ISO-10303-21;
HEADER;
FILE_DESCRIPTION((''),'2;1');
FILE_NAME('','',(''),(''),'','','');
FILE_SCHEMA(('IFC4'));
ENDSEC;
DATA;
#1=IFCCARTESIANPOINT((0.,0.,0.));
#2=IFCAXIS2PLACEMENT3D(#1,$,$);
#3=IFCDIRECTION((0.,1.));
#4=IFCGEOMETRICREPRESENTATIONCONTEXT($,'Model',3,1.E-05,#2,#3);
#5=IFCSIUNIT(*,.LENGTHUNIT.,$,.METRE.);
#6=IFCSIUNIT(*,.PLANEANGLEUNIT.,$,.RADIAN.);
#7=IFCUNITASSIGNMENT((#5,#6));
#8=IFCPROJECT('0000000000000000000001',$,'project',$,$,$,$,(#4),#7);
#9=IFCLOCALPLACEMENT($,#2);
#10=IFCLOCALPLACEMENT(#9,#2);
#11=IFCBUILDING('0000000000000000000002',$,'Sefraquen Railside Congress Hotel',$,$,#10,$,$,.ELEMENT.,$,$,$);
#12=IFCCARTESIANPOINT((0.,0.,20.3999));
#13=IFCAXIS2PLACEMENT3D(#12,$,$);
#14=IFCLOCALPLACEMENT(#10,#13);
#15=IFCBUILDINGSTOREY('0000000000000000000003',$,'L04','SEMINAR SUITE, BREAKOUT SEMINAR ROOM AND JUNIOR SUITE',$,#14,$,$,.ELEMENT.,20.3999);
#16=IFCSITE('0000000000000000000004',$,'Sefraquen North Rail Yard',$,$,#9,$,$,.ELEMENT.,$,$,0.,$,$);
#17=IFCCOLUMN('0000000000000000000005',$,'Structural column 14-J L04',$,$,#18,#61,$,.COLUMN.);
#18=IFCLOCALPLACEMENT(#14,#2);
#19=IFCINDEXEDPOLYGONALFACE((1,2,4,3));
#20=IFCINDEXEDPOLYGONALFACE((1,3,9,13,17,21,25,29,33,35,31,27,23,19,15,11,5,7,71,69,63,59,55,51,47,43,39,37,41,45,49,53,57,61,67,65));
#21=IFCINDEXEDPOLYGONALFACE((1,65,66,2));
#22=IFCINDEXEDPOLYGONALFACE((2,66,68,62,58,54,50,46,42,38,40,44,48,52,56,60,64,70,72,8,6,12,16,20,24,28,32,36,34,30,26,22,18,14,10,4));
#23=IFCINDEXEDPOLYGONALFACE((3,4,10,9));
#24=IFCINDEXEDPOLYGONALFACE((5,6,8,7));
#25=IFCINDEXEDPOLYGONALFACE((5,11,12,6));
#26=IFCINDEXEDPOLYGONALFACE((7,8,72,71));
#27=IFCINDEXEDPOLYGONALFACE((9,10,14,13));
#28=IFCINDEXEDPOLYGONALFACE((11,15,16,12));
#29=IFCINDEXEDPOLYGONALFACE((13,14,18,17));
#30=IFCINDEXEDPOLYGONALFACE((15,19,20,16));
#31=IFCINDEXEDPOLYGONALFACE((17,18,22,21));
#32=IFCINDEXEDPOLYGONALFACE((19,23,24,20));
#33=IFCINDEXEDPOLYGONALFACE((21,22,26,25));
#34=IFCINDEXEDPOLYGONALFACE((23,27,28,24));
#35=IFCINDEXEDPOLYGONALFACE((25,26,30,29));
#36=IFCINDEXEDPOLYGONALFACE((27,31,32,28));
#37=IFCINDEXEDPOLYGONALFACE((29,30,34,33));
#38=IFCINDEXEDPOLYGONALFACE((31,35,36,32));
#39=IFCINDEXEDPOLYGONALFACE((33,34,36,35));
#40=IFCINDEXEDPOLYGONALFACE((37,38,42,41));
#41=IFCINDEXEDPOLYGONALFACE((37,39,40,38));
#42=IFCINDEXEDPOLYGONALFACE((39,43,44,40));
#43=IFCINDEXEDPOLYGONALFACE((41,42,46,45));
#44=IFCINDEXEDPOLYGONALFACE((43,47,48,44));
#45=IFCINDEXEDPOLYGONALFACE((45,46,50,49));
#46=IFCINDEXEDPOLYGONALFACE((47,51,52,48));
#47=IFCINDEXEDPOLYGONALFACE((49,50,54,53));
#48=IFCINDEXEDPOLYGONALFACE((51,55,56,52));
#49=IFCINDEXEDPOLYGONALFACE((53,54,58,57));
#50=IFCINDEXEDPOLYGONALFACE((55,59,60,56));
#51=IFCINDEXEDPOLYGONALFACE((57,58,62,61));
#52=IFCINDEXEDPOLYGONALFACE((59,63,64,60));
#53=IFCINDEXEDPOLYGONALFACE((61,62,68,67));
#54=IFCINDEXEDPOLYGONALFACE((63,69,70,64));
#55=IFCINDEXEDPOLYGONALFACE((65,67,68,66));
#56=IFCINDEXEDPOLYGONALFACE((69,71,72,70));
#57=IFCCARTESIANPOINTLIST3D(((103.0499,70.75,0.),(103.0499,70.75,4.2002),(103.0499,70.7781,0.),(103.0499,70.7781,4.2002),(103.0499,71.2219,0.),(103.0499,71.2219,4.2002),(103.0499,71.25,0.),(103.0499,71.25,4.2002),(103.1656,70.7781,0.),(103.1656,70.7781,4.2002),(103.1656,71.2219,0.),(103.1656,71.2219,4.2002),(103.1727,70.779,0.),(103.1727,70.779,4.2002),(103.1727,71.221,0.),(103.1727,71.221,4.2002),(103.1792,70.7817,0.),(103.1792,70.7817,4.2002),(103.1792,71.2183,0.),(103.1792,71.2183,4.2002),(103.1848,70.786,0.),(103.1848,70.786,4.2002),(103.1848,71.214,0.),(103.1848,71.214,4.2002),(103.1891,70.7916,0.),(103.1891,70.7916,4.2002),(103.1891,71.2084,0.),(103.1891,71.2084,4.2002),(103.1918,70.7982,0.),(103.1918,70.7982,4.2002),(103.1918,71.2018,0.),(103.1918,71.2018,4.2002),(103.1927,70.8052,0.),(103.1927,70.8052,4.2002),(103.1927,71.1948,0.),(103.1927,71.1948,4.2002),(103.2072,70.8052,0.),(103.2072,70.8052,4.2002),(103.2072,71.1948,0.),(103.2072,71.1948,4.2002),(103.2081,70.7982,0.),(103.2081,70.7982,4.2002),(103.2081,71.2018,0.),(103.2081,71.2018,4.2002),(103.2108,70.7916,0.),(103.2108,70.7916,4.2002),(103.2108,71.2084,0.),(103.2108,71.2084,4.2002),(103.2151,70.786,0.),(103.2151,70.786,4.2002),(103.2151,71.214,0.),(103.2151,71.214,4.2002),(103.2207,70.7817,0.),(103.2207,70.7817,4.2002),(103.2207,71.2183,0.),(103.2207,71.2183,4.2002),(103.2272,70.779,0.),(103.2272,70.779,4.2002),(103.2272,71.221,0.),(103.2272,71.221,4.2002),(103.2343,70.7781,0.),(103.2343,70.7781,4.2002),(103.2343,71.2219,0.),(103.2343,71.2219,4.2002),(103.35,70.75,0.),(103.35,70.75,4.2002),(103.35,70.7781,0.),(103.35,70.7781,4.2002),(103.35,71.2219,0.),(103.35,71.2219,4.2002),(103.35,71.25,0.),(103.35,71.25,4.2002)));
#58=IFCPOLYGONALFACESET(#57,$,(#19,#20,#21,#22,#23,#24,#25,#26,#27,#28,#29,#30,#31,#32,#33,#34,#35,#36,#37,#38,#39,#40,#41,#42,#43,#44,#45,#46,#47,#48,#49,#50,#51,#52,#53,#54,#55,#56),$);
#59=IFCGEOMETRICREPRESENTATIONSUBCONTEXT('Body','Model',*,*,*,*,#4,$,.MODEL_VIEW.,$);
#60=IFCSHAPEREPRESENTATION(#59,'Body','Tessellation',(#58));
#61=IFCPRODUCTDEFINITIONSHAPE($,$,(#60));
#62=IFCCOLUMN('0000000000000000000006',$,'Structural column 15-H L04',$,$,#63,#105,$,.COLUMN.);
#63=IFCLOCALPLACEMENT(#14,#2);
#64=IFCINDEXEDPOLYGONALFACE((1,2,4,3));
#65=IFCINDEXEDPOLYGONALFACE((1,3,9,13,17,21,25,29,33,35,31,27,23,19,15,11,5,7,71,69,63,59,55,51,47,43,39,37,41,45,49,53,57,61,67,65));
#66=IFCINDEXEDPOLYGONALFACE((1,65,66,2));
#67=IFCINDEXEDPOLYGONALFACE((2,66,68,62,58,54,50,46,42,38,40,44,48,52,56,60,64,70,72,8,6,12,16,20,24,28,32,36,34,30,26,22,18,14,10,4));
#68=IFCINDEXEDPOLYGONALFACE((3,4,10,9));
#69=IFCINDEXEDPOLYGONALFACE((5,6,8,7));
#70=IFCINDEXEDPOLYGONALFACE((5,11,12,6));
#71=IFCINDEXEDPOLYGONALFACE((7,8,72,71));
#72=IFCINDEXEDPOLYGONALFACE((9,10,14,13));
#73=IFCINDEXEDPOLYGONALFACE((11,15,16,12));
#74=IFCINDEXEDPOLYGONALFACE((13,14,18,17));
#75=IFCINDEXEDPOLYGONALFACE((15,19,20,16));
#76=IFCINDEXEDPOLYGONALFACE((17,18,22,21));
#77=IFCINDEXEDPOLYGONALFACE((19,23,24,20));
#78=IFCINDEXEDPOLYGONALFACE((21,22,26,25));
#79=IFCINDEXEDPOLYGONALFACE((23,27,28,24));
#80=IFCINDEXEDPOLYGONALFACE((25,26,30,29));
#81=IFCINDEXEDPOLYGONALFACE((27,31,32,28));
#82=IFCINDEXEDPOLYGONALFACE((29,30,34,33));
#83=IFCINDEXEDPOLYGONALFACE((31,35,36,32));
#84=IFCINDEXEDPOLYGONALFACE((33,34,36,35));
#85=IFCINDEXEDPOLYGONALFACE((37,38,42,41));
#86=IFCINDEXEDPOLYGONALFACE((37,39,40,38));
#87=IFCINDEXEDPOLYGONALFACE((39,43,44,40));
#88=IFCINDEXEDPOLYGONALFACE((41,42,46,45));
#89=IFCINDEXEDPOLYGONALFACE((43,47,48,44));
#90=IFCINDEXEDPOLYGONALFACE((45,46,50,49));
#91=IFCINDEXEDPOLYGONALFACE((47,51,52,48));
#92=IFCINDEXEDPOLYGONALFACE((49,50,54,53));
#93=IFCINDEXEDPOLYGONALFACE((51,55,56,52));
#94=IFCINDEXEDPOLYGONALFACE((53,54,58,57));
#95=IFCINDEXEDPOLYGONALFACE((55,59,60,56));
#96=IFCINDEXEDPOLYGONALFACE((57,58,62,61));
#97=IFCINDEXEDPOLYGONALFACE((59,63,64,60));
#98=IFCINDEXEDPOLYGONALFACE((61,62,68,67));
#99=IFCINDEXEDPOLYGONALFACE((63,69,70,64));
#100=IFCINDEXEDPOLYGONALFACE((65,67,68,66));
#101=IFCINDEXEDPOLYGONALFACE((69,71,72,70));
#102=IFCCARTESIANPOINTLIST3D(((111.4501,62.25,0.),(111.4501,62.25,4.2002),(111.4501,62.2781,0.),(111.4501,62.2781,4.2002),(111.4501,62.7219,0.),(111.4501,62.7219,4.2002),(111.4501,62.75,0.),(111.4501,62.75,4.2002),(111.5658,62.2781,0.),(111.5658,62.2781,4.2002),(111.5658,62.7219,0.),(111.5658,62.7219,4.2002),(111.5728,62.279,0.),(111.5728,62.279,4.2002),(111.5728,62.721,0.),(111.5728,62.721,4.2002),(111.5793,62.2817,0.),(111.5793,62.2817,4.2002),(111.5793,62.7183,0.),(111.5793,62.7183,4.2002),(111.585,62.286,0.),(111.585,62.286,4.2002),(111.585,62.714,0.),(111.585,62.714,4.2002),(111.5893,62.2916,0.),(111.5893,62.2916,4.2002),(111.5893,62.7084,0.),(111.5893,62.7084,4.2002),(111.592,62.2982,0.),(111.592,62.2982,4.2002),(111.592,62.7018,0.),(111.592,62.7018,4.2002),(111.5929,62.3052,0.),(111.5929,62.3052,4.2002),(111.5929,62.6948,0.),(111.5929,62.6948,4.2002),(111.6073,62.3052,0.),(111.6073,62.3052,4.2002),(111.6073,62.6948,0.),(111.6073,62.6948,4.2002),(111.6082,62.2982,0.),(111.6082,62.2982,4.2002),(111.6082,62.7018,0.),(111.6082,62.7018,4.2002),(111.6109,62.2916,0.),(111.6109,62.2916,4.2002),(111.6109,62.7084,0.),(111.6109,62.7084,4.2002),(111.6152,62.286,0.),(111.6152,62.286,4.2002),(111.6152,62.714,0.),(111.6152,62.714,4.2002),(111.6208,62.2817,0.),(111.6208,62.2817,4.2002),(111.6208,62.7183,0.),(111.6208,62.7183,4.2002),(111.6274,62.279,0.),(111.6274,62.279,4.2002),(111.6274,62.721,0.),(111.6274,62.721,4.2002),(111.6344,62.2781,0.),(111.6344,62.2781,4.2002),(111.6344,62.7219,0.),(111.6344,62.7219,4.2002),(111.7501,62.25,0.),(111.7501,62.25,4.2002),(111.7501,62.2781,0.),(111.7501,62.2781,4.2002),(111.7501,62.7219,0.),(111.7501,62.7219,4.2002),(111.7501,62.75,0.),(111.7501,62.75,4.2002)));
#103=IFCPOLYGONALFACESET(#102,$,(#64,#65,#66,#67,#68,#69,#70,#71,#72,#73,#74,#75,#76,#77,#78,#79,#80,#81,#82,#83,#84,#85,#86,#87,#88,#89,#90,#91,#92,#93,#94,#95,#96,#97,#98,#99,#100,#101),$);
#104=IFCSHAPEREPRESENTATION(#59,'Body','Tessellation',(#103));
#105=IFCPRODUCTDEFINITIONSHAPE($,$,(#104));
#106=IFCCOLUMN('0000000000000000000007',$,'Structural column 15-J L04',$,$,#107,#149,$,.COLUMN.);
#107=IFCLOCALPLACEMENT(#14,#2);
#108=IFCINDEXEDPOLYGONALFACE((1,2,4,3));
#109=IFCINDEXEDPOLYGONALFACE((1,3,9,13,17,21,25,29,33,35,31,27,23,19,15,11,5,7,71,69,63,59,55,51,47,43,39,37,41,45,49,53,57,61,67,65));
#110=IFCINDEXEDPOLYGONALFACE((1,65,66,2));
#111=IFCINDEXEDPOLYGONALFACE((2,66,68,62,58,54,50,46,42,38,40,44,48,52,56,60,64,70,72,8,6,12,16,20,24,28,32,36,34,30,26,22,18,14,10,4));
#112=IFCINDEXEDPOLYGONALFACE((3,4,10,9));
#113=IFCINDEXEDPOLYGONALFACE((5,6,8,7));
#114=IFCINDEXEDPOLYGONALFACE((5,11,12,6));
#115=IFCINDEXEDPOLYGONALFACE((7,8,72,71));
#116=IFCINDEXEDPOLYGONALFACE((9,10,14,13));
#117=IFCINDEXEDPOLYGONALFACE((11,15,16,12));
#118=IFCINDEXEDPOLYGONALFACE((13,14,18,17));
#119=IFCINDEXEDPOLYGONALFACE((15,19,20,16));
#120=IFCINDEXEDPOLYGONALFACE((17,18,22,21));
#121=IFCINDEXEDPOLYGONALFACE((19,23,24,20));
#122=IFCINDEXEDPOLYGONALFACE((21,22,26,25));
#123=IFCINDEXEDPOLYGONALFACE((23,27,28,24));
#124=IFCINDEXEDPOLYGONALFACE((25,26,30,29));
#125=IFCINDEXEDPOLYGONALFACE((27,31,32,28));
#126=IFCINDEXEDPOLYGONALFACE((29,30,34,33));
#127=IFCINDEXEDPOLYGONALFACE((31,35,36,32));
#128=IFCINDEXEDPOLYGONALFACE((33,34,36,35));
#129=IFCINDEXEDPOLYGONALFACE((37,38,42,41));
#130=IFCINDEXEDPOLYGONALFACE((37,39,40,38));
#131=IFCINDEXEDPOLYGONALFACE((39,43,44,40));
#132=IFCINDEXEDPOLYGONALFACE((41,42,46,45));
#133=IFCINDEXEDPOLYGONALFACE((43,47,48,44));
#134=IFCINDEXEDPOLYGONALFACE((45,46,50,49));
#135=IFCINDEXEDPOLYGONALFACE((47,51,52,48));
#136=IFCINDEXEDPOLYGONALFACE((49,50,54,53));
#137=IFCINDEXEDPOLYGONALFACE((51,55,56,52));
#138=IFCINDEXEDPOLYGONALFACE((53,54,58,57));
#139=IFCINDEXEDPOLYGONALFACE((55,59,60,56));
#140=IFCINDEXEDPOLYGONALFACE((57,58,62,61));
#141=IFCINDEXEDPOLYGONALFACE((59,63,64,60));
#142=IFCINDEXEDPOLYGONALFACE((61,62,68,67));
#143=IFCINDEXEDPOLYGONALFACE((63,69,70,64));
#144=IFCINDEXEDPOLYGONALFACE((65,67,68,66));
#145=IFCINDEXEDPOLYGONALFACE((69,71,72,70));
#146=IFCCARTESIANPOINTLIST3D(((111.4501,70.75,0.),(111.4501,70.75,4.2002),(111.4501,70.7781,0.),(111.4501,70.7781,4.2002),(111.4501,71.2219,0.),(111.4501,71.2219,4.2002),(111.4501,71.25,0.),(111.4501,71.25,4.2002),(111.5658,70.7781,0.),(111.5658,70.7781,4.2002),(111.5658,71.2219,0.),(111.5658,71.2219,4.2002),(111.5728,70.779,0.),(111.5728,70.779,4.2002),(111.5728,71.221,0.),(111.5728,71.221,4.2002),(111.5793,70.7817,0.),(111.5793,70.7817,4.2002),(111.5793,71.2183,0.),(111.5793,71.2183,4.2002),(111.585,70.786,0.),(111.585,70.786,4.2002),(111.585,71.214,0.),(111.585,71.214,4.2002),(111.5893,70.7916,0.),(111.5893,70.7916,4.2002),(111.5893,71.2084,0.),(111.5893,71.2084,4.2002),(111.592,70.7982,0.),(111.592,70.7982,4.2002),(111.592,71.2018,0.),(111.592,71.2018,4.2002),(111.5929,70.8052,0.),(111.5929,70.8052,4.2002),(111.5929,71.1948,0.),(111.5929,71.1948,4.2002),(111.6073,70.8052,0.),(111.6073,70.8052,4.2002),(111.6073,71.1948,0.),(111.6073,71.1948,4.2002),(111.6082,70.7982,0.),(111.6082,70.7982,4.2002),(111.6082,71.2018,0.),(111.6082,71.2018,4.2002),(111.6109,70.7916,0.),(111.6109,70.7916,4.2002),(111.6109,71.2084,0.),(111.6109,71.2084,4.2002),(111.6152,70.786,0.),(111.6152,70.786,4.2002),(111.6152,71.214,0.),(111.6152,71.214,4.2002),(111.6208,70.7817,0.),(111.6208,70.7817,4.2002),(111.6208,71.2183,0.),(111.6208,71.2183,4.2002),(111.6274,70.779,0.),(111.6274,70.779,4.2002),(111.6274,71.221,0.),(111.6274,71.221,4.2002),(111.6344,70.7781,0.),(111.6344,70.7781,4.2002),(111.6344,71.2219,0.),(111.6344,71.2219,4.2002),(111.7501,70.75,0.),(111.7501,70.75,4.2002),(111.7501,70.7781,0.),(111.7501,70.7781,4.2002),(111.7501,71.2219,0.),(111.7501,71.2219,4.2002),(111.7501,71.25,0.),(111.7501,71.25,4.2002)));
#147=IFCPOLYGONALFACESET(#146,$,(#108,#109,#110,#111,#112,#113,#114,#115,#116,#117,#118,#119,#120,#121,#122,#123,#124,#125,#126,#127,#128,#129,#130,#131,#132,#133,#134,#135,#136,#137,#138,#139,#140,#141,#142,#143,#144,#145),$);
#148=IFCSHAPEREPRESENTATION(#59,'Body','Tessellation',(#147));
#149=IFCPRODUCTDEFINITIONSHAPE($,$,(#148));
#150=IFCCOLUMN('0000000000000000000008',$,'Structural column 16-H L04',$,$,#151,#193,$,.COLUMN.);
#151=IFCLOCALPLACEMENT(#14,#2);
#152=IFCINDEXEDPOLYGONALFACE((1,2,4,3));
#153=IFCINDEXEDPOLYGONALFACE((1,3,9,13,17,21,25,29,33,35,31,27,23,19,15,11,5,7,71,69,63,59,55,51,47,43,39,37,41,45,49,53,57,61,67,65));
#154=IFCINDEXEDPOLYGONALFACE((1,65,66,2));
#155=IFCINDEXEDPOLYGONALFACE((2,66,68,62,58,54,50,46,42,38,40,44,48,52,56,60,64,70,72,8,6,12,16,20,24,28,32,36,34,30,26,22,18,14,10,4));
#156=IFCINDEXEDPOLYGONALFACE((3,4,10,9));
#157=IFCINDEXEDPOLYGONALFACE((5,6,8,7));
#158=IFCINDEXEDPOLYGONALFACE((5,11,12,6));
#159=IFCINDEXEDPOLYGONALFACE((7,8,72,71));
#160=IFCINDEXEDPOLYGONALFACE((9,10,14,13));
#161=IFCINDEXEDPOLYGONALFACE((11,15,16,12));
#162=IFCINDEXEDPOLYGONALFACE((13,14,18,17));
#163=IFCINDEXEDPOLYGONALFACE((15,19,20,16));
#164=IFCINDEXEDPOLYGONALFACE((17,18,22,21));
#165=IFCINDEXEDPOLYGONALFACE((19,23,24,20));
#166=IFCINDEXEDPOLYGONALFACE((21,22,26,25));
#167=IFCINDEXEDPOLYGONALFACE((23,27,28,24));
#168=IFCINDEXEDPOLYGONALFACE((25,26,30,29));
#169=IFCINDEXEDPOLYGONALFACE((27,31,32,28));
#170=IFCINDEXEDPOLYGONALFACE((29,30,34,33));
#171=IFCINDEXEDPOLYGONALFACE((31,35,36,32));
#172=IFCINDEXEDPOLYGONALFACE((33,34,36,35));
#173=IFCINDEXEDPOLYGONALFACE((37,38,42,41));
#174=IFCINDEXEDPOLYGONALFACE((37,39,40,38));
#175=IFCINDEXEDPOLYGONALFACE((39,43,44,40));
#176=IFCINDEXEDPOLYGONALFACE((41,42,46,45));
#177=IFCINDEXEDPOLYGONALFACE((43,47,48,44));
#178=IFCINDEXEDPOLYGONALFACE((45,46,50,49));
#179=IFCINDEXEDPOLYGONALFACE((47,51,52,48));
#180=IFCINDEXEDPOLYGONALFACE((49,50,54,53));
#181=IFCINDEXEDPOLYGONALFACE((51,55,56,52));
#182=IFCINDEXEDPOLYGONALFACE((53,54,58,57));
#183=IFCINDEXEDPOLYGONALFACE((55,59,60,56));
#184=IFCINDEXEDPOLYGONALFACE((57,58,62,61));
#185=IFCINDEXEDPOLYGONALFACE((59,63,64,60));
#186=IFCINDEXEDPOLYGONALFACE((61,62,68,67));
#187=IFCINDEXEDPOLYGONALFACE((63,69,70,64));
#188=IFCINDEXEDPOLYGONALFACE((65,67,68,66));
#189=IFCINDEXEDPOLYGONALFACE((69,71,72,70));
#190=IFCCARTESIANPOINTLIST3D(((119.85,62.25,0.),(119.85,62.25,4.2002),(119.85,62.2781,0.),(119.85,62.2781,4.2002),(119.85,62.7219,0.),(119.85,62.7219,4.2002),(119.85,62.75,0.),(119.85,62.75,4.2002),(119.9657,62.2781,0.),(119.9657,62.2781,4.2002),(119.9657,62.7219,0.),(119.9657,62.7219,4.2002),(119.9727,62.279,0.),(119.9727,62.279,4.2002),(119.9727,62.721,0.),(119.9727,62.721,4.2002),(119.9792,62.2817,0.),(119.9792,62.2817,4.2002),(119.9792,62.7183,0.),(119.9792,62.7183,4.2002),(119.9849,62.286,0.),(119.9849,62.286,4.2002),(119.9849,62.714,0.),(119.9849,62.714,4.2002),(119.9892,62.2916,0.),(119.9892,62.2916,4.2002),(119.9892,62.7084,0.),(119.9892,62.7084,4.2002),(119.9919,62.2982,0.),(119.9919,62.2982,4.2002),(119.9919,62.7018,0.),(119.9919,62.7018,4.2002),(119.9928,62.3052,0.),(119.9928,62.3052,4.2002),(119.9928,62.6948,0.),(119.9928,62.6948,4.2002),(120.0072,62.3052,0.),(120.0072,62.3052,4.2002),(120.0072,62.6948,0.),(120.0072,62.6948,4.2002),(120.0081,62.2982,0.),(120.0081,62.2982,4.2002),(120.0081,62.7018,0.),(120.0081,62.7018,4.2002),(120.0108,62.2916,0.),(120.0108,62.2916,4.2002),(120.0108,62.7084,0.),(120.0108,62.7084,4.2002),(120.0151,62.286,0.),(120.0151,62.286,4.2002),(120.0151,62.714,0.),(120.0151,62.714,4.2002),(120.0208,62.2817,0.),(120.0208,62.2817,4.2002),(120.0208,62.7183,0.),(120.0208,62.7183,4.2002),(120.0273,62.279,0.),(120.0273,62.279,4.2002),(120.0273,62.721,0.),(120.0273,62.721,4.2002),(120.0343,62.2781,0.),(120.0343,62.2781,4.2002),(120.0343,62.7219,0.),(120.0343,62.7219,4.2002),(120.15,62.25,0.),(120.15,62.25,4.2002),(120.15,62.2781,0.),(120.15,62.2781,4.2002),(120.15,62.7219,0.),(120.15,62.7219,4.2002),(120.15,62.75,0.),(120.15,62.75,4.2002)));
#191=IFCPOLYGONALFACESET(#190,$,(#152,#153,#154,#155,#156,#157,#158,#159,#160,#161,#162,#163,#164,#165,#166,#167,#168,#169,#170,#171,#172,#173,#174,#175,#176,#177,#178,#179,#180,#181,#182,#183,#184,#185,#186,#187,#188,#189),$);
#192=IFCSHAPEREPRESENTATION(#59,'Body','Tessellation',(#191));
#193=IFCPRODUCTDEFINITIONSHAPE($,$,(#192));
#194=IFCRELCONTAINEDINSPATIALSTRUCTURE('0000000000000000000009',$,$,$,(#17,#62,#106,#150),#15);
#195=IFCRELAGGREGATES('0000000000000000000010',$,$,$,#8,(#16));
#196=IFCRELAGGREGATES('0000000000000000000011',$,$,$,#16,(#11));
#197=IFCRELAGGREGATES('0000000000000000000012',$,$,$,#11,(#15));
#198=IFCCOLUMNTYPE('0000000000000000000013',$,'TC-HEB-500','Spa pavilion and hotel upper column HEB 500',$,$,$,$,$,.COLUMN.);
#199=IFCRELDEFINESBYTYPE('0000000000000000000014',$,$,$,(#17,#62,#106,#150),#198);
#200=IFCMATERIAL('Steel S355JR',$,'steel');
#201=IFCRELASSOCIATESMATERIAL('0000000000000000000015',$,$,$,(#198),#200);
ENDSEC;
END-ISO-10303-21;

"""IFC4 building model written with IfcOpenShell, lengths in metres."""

from ifc_helpers import new_model, si_unit, direction, frame, origin, origin_2d, place, context, subcontext, project, spatial, i_section, extrude, material, material_profile, profile_set, type_object, element, save


model = new_model("IFC4")

# Units and contexts
model_context = context("Model", 3, precision=1e-05, world=origin(), true_north=direction((0.0, 1.0)))
body_context = subcontext(model_context, "Body", "Model", "MODEL_VIEW")
ifc_project = project(units=[si_unit("LENGTHUNIT", "METRE"), si_unit("PLANEANGLEUNIT", "RADIAN")], contexts=[model_context])

# Site, building, storey
site_placement = place(None, origin())
site = spatial("IfcSite", under=ifc_project, at=site_placement, Name="Sefraquen North Rail Yard", CompositionType="ELEMENT", RefElevation=0.0)
building_placement = place(site_placement, origin())
building = spatial("IfcBuilding", under=site, at=building_placement, Name="Sefraquen Railside Congress Hotel", CompositionType="ELEMENT")
storey_placement = place(building_placement, frame((0.0, 0.0, 20.3999)))
storey = spatial("IfcBuildingStorey", under=building, at=storey_placement, Name="L04", Description="SEMINAR SUITE, BREAKOUT SEMINAR ROOM AND JUNIOR SUITE", CompositionType="ELEMENT", Elevation=20.3999)

# Columns
ifc_material_1 = material(Name="Steel S355JR", Category="steel")
ifc_material_profile_1 = material_profile(ifc_material_1, i_section(OverallWidth=0.3, OverallDepth=0.5, WebThickness=0.0144, FlangeThickness=0.0281, FilletRadius=0.0271, at=origin_2d()), Name="HEB 500")
ifc_profile_set_1 = profile_set([ifc_material_profile_1], Name="Steel S355JR")
column_type = type_object("IfcColumnType", Name="TC-HEB-500", Description="Spa pavilion and hotel upper column HEB 500", PredefinedType="COLUMN", material=ifc_profile_set_1)
for number, where, z_axis, x_axis, name in (
    (1, (103.2, 71.0, 0.0), (0.0, 0.0, 1.0), (1.0, 0.0, 0.0), "Structural column 14-J L04"),
    (2, (111.6001, 62.5, 0.0), (0.0, 0.0, 1.0), (1.0, 0.0, 0.0), "Structural column 15-H L04"),
    (3, (111.6001, 71.0, 0.0), (0.0, 0.0, 1.0), (1.0, 0.0, 0.0), "Structural column 15-J L04"),
    (4, (120.0, 62.5, 0.0), (0.0, 0.0, 1.0), (1.0, 0.0, 0.0), "Structural column 16-H L04"),
):
    element("IfcColumn", number, at=place(storey_placement, frame(where, z_axis=z_axis, x_axis=x_axis)), inside=storey, type_object=column_type, Name=name, PredefinedType="COLUMN", context=body_context, shape_type="SweptSolid", body=[
        extrude(i_section(OverallWidth=0.3, OverallDepth=0.5, WebThickness=0.0144, FlangeThickness=0.0281, FilletRadius=0.0271, at=origin_2d()), origin(), (0.0, 0.0, 1.0), 4.2002),
    ])

save(model, "model.ifc")
